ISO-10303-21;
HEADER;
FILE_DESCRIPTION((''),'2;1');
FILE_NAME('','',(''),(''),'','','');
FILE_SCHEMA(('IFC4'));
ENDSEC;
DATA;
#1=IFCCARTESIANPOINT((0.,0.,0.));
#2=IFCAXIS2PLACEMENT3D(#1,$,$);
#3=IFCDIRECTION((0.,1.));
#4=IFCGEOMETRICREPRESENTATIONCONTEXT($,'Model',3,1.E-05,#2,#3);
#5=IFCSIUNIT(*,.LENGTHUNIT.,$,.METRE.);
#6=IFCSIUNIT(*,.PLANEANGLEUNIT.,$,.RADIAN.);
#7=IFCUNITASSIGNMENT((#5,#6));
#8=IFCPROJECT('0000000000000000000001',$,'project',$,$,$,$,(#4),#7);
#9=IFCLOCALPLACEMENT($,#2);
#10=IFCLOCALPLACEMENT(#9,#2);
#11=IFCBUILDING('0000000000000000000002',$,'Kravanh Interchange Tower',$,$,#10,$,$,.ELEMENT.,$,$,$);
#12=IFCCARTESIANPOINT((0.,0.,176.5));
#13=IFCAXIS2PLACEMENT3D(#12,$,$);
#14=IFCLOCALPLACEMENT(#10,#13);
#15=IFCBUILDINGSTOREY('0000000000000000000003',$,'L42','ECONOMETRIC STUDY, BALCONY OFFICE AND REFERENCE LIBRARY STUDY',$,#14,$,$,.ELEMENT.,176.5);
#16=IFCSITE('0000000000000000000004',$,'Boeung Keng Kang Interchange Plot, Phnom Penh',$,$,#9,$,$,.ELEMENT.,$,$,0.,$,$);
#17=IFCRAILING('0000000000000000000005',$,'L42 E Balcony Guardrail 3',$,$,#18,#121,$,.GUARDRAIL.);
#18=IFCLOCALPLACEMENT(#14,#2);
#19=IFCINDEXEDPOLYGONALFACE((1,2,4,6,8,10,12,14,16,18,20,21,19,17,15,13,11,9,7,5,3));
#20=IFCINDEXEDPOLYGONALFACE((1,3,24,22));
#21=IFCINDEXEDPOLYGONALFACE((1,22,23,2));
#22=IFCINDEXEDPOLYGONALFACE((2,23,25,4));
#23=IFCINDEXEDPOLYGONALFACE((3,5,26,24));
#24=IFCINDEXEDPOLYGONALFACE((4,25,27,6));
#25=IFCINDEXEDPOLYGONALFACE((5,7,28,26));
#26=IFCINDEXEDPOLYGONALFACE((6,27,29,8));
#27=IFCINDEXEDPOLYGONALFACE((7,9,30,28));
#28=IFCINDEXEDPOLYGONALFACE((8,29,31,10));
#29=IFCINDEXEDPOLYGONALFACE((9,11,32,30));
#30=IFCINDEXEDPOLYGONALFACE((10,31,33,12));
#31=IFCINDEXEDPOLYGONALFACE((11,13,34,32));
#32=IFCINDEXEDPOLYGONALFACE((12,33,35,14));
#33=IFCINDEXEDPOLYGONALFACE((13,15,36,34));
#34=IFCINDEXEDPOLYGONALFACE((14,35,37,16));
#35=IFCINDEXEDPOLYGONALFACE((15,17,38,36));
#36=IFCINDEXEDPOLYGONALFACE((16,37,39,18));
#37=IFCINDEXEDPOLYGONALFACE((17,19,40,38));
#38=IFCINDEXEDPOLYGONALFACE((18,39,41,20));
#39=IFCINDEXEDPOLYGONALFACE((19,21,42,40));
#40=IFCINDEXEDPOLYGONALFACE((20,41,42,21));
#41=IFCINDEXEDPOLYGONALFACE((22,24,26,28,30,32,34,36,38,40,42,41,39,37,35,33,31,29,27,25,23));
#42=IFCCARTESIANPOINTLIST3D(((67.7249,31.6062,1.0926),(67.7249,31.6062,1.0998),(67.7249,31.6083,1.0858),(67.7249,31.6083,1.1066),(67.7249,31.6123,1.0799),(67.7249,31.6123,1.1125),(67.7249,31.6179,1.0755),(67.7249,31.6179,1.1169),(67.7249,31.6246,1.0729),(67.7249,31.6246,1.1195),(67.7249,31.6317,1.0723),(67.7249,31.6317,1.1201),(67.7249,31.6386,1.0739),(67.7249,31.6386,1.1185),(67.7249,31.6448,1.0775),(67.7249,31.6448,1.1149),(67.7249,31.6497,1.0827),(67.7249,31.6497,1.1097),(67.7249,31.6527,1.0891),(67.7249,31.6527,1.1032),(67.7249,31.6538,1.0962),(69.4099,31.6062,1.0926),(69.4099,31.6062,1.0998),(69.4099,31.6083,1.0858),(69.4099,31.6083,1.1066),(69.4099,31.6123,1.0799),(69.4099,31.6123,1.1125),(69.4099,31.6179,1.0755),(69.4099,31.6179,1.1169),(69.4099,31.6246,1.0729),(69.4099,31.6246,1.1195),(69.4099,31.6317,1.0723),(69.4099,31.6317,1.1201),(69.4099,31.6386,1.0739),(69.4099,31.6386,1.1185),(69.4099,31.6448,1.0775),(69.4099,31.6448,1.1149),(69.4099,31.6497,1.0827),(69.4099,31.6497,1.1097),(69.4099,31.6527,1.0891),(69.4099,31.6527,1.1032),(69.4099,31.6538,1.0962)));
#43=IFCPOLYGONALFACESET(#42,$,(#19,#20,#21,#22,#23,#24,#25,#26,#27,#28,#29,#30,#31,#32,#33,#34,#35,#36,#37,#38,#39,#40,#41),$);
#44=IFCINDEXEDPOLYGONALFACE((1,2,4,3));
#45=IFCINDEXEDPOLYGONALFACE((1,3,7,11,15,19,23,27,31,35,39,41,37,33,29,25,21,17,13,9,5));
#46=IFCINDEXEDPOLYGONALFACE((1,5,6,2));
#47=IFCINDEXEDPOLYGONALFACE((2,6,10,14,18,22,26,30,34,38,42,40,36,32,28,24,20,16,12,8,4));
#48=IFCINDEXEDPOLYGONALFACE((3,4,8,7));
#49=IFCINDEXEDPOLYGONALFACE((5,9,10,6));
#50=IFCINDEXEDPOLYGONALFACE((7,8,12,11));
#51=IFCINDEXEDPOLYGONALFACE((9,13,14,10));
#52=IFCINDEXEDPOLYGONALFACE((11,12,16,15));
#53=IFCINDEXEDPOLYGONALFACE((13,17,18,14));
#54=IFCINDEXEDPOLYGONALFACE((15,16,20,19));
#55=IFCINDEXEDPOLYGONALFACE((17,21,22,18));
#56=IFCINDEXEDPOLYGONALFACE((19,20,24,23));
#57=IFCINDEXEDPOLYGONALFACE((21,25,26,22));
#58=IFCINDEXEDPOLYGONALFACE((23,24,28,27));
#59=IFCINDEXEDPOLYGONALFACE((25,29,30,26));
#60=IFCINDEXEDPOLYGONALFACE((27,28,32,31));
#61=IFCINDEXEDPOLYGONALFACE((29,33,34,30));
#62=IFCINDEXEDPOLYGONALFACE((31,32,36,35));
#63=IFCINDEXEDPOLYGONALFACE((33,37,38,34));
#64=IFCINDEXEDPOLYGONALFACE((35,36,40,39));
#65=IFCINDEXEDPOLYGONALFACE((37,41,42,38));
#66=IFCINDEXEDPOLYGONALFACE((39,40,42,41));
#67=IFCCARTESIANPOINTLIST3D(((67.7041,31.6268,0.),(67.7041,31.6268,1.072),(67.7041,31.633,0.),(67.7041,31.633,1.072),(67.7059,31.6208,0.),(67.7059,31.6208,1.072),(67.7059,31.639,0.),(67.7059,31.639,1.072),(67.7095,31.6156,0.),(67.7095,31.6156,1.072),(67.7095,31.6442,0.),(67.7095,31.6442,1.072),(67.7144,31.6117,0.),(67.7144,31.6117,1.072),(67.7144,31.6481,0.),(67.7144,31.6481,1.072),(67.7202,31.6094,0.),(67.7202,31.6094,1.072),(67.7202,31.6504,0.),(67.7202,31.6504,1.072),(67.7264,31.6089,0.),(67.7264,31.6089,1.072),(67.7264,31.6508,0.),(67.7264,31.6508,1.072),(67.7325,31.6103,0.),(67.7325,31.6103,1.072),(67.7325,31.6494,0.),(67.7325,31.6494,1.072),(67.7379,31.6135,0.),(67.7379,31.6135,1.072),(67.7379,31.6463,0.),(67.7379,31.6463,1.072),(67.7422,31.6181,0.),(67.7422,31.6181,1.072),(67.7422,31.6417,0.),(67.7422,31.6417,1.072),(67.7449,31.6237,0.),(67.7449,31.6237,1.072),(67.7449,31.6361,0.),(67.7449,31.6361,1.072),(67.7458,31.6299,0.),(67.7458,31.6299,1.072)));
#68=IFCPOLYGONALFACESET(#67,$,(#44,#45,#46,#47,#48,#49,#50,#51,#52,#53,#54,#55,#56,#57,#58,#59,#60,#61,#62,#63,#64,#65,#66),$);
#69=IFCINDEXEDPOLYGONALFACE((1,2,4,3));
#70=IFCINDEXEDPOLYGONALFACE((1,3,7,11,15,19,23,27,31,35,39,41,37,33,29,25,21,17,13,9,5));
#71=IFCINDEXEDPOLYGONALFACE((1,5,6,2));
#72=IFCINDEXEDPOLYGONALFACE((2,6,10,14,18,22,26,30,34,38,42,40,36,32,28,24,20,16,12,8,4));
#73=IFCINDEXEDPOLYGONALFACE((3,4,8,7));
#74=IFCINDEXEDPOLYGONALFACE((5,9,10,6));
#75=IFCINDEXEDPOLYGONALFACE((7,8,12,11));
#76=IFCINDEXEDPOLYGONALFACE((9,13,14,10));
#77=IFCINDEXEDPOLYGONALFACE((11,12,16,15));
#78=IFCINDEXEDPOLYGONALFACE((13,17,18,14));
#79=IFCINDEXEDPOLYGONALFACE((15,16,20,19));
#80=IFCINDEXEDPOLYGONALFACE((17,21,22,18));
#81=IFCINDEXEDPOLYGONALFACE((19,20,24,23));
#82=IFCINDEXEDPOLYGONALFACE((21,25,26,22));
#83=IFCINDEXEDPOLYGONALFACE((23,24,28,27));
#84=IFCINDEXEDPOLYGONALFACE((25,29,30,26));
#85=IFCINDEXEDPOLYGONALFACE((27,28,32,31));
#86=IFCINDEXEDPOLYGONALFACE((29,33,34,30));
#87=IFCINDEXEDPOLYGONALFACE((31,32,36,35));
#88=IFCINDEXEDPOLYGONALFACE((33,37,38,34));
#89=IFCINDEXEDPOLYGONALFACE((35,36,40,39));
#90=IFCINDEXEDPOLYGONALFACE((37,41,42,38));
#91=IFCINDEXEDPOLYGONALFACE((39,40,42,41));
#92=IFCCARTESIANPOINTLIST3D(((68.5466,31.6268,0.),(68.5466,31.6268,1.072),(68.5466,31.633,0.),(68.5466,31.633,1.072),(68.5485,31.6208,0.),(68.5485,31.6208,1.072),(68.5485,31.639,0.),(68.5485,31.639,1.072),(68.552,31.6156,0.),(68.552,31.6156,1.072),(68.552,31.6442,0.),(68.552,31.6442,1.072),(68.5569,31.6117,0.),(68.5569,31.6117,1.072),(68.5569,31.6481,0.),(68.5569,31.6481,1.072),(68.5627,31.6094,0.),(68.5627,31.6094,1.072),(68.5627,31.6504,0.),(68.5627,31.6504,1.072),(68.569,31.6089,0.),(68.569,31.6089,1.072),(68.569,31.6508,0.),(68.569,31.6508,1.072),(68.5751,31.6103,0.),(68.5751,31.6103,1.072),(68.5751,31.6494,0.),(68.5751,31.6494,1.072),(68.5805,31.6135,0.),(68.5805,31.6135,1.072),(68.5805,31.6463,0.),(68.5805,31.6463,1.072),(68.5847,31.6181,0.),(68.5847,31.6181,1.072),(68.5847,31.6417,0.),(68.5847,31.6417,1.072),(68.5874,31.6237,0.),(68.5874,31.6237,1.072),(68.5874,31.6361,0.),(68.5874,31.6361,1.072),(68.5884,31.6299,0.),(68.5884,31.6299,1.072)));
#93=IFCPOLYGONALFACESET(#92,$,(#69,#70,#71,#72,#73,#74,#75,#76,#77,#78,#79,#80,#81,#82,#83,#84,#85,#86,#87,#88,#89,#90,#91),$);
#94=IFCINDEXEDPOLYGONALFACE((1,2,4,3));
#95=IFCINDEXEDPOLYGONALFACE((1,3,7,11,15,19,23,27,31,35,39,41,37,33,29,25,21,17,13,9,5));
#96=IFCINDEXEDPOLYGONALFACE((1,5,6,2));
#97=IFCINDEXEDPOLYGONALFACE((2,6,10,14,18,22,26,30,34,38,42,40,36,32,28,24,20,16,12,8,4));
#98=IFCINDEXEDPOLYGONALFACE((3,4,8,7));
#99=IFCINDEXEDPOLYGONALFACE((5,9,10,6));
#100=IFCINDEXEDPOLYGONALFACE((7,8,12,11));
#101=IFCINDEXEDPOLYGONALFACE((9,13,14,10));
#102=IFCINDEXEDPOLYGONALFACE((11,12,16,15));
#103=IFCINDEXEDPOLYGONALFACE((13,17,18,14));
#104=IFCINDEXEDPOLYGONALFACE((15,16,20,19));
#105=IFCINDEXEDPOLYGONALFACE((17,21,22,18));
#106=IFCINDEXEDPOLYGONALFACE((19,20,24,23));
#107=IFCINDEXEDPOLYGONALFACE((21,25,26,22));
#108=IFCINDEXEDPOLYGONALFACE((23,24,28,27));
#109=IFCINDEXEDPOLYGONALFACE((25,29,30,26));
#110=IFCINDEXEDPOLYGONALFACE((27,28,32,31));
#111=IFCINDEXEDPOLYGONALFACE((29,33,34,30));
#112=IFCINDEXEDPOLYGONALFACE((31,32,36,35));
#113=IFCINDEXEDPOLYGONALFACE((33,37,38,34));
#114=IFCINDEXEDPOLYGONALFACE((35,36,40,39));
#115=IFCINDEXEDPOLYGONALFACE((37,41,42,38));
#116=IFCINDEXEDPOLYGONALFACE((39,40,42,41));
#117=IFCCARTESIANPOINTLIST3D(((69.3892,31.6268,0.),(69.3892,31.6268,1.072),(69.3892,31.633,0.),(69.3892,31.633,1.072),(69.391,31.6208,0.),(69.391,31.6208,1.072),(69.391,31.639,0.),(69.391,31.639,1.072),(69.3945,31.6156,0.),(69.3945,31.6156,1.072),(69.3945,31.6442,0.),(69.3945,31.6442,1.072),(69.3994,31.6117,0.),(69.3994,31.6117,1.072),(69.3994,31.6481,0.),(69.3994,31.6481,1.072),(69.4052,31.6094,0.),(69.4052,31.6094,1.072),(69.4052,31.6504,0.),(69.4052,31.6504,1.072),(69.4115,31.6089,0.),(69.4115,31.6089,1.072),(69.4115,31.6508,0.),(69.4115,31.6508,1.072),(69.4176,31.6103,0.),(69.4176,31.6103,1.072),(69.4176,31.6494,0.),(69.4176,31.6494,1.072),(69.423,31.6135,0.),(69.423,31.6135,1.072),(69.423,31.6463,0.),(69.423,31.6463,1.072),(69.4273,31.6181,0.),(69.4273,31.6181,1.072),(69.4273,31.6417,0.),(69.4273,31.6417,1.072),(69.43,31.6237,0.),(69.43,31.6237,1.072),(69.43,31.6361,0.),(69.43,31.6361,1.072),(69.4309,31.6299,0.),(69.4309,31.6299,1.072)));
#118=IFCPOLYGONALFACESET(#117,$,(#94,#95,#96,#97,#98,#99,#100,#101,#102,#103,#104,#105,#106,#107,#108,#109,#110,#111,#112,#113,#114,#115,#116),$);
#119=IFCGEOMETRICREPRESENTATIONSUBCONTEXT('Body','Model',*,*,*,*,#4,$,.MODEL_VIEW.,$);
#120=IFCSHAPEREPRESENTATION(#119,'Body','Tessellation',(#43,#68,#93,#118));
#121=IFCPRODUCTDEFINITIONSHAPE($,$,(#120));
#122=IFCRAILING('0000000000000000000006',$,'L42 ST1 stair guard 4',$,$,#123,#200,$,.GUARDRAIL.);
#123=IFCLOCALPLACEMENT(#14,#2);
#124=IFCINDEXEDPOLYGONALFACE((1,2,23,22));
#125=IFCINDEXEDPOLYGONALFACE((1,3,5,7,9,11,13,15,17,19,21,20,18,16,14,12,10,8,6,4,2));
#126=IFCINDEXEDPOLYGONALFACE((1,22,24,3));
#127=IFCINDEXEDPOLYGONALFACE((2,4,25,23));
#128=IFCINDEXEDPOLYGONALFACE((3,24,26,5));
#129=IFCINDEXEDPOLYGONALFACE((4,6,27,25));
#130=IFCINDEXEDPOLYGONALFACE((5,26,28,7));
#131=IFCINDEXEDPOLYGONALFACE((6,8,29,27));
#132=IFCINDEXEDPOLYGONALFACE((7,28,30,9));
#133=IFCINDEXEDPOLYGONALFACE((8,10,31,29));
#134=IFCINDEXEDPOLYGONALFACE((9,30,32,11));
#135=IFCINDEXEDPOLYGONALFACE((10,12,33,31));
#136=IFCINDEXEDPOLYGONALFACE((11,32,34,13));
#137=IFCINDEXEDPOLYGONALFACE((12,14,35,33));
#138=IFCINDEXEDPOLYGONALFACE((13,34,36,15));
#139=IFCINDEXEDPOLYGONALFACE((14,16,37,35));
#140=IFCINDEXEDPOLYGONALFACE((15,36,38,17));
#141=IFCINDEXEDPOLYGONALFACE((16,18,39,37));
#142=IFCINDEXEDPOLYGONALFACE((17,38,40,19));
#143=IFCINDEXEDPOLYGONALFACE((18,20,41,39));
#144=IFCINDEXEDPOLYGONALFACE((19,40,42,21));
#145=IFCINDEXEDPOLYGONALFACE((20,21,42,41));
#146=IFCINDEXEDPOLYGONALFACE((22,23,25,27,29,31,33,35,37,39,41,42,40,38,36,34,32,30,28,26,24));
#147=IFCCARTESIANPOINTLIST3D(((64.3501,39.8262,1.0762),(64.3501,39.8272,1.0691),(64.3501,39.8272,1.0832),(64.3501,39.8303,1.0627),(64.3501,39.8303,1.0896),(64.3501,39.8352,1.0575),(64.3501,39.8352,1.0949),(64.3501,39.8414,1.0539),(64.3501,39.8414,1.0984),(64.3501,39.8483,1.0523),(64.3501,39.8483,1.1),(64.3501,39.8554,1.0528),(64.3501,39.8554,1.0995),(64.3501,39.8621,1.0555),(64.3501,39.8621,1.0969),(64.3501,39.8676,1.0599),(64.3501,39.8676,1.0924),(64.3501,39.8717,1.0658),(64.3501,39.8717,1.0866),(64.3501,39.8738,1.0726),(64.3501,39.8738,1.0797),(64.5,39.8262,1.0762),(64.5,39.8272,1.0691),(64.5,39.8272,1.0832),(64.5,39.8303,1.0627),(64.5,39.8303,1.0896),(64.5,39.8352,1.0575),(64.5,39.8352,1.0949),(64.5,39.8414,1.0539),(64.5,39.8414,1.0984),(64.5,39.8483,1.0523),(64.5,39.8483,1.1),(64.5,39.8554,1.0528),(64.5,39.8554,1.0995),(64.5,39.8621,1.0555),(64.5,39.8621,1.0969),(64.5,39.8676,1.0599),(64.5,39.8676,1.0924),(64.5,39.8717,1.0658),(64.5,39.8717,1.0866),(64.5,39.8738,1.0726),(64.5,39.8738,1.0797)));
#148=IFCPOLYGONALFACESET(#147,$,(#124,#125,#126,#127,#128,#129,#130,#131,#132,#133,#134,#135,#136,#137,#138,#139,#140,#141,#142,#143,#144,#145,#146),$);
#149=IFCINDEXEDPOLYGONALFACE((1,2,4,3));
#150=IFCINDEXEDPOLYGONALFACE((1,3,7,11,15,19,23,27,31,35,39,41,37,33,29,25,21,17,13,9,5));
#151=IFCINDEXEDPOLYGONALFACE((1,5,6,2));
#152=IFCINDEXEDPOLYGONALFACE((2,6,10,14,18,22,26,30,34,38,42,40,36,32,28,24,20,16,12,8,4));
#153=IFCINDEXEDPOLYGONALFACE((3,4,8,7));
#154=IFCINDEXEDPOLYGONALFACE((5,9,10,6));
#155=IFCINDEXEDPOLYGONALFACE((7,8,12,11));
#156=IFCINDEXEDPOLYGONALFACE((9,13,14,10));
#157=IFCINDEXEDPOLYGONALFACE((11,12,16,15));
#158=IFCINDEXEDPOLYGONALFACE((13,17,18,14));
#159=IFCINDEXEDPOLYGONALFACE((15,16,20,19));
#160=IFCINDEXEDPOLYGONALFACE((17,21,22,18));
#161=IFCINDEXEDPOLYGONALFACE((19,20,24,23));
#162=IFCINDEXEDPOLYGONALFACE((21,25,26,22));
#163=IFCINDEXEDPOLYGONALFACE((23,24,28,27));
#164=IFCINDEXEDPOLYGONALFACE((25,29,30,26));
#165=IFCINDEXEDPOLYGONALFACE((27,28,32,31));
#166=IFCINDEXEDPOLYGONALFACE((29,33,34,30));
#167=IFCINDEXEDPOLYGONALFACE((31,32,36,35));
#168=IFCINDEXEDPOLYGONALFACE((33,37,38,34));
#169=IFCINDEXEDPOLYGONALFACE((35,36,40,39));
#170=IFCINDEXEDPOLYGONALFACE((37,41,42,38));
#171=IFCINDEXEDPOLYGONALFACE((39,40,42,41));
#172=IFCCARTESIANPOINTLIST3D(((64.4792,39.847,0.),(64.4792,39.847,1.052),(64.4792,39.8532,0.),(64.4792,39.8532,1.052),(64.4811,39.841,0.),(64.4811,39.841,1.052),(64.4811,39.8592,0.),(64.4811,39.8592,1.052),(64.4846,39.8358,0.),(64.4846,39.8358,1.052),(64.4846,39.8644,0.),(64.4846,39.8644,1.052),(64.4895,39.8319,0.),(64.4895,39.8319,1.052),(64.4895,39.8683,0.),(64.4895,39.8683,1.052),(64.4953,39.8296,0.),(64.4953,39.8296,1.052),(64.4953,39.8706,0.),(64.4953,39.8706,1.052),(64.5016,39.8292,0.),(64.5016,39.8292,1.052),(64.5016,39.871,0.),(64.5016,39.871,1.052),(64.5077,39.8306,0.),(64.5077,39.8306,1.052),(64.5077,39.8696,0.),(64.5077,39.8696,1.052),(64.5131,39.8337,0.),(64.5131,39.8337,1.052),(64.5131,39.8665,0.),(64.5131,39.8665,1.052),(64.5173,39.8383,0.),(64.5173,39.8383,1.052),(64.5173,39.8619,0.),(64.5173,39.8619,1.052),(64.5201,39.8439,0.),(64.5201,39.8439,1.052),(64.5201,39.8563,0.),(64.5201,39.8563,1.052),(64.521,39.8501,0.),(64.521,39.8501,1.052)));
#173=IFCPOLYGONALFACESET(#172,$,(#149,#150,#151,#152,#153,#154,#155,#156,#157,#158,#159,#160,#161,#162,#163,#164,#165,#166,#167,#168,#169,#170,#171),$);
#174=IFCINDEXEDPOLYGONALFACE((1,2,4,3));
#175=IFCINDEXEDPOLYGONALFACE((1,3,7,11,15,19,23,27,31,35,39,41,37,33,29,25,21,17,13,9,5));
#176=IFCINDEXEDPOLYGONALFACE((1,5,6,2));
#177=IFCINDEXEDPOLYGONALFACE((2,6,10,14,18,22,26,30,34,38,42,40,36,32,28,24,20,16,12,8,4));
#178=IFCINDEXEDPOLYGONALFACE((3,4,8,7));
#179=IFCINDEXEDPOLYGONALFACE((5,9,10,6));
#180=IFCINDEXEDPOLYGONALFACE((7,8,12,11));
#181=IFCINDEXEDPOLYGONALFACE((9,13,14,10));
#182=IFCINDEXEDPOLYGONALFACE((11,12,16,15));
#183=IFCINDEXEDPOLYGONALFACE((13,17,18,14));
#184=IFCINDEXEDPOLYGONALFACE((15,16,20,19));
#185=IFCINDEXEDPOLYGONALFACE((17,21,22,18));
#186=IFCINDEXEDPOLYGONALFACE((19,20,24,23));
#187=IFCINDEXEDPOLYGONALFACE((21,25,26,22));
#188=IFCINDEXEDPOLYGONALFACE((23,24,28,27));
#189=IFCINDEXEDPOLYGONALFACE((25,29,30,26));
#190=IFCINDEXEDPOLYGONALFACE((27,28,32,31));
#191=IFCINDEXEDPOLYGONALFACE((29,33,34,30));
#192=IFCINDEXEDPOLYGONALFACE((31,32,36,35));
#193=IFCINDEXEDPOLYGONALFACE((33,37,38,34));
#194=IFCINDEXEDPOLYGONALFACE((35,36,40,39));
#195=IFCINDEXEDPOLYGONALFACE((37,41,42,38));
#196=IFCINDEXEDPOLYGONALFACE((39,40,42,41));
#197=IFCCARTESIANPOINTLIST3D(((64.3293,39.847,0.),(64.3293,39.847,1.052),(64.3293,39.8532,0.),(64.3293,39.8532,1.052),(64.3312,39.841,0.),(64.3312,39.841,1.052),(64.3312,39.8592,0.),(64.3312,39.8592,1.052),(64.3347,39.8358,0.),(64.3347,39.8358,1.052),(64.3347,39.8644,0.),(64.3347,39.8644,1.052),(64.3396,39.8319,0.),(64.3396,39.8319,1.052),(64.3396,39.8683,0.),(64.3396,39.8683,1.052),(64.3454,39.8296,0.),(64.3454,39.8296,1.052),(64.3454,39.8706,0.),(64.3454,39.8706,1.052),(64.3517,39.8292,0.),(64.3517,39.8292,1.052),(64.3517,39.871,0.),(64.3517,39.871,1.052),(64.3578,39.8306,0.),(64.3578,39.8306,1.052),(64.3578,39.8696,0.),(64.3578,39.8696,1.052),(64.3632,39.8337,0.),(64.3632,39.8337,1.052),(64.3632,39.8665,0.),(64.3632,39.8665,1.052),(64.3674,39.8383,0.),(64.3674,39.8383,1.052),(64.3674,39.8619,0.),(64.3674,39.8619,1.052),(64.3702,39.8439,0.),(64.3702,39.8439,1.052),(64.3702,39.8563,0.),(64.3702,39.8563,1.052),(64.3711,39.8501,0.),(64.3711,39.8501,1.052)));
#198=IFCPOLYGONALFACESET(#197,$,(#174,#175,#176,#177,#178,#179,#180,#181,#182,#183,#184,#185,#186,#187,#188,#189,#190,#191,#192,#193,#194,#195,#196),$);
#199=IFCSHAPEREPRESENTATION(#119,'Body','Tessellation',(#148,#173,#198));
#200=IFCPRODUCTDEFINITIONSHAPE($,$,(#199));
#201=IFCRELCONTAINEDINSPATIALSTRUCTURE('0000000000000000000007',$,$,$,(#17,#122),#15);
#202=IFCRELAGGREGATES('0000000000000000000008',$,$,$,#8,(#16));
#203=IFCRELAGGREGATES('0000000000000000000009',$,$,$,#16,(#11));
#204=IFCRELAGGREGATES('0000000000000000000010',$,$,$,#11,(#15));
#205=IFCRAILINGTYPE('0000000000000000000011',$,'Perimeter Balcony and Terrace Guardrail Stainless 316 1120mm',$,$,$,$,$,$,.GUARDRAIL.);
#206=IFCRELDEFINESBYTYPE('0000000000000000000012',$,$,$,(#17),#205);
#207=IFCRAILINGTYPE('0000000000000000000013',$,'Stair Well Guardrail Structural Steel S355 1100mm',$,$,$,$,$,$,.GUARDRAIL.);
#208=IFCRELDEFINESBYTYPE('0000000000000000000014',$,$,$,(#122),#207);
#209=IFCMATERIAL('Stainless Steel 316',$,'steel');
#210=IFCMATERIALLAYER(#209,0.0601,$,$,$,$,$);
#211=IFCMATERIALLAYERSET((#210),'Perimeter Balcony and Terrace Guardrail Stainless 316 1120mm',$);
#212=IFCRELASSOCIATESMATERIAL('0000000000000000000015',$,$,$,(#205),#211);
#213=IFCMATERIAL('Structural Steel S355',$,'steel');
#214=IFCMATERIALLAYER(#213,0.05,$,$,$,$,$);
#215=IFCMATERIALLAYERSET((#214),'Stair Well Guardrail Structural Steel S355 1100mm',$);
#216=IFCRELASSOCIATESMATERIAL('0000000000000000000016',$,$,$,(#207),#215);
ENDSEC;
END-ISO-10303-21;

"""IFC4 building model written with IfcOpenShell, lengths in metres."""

from ifc_helpers import new_model, si_unit, direction, frame, origin, origin_2d, place, context, subcontext, project, spatial, circle, extrude, material, layer, layer_set, type_object, element, save


model = new_model("IFC4")

# Units and contexts
model_context = context("Model", 3, precision=1e-05, world=origin(), true_north=direction((0.0, 1.0)))
body_context = subcontext(model_context, "Body", "Model", "MODEL_VIEW")
ifc_project = project(units=[si_unit("LENGTHUNIT", "METRE"), si_unit("PLANEANGLEUNIT", "RADIAN")], contexts=[model_context])

# Site, building, storey
site_placement = place(None, origin())
site = spatial("IfcSite", under=ifc_project, at=site_placement, Name="Boeung Keng Kang Interchange Plot, Phnom Penh", CompositionType="ELEMENT", RefElevation=0.0)
building_placement = place(site_placement, origin())
building = spatial("IfcBuilding", under=site, at=building_placement, Name="Kravanh Interchange Tower", CompositionType="ELEMENT")
storey_placement = place(building_placement, frame((0.0, 0.0, 176.5)))
storey = spatial("IfcBuildingStorey", under=building, at=storey_placement, Name="L42", Description="ECONOMETRIC STUDY, BALCONY OFFICE AND REFERENCE LIBRARY STUDY", CompositionType="ELEMENT", Elevation=176.5)

# Railings
ifc_material_1 = material(Name="Stainless Steel 316", Category="steel")
ifc_layer_1 = layer(ifc_material_1, 0.0601)
ifc_layer_set_1 = layer_set([ifc_layer_1], Name="Perimeter Balcony and Terrace Guardrail Stainless 316 1120mm")
railing_type_1 = type_object("IfcRailingType", Name="Perimeter Balcony and Terrace Guardrail Stainless 316 1120mm", PredefinedType="GUARDRAIL", material=ifc_layer_set_1)
railing_1_placement = place(storey_placement, frame((67.7249, 31.6299, 0.0)))
element("IfcRailing", 1, at=railing_1_placement, inside=storey, type_object=railing_type_1, Name="L42 E Balcony Guardrail 3", PredefinedType="GUARDRAIL", context=body_context, shape_type="SweptSolid", body=[
    extrude(circle(Radius=0.0239, at=origin_2d()), frame((0.0, 0.0, 1.0962), z_axis=(1.0, 0.0, 0.0), x_axis=(0.0, 1.0, 0.0)), (0.0, 0.0, 1.0), 1.6851),
    extrude(circle(Radius=0.021, at=origin_2d()), origin(), (0.0, 0.0, 1.0), 1.072),
    extrude(circle(Radius=0.021, at=origin_2d()), frame((0.8425, 0.0, 0.0)), (0.0, 0.0, 1.0), 1.072),
    extrude(circle(Radius=0.021, at=origin_2d()), frame((1.6851, 0.0, 0.0)), (0.0, 0.0, 1.0), 1.072),
])
ifc_material_2 = material(Name="Structural Steel S355", Category="steel")
ifc_layer_2 = layer(ifc_material_2, 0.05)
ifc_layer_set_2 = layer_set([ifc_layer_2], Name="Stair Well Guardrail Structural Steel S355 1100mm")
railing_type_2 = type_object("IfcRailingType", Name="Stair Well Guardrail Structural Steel S355 1100mm", PredefinedType="GUARDRAIL", material=ifc_layer_set_2)
railing_2_placement = place(storey_placement, frame((64.5, 39.8501, 0.0)))
element("IfcRailing", 2, at=railing_2_placement, inside=storey, type_object=railing_type_2, Name="L42 ST1 stair guard 4", PredefinedType="GUARDRAIL", context=body_context, shape_type="SweptSolid", body=[
    extrude(circle(Radius=0.0239, at=origin_2d()), frame((0.0, 0.0, 1.0762), z_axis=(-1.0, 0.0, 0.0), x_axis=(0.0, -1.0, 0.0)), (0.0, 0.0, 1.0), 0.1499),
    extrude(circle(Radius=0.021, at=origin_2d()), origin(), (0.0, 0.0, 1.0), 1.052),
    extrude(circle(Radius=0.021, at=origin_2d()), frame((-0.1499, 0.0, 0.0)), (0.0, 0.0, 1.0), 1.052),
])

save(model, "model.ifc")
